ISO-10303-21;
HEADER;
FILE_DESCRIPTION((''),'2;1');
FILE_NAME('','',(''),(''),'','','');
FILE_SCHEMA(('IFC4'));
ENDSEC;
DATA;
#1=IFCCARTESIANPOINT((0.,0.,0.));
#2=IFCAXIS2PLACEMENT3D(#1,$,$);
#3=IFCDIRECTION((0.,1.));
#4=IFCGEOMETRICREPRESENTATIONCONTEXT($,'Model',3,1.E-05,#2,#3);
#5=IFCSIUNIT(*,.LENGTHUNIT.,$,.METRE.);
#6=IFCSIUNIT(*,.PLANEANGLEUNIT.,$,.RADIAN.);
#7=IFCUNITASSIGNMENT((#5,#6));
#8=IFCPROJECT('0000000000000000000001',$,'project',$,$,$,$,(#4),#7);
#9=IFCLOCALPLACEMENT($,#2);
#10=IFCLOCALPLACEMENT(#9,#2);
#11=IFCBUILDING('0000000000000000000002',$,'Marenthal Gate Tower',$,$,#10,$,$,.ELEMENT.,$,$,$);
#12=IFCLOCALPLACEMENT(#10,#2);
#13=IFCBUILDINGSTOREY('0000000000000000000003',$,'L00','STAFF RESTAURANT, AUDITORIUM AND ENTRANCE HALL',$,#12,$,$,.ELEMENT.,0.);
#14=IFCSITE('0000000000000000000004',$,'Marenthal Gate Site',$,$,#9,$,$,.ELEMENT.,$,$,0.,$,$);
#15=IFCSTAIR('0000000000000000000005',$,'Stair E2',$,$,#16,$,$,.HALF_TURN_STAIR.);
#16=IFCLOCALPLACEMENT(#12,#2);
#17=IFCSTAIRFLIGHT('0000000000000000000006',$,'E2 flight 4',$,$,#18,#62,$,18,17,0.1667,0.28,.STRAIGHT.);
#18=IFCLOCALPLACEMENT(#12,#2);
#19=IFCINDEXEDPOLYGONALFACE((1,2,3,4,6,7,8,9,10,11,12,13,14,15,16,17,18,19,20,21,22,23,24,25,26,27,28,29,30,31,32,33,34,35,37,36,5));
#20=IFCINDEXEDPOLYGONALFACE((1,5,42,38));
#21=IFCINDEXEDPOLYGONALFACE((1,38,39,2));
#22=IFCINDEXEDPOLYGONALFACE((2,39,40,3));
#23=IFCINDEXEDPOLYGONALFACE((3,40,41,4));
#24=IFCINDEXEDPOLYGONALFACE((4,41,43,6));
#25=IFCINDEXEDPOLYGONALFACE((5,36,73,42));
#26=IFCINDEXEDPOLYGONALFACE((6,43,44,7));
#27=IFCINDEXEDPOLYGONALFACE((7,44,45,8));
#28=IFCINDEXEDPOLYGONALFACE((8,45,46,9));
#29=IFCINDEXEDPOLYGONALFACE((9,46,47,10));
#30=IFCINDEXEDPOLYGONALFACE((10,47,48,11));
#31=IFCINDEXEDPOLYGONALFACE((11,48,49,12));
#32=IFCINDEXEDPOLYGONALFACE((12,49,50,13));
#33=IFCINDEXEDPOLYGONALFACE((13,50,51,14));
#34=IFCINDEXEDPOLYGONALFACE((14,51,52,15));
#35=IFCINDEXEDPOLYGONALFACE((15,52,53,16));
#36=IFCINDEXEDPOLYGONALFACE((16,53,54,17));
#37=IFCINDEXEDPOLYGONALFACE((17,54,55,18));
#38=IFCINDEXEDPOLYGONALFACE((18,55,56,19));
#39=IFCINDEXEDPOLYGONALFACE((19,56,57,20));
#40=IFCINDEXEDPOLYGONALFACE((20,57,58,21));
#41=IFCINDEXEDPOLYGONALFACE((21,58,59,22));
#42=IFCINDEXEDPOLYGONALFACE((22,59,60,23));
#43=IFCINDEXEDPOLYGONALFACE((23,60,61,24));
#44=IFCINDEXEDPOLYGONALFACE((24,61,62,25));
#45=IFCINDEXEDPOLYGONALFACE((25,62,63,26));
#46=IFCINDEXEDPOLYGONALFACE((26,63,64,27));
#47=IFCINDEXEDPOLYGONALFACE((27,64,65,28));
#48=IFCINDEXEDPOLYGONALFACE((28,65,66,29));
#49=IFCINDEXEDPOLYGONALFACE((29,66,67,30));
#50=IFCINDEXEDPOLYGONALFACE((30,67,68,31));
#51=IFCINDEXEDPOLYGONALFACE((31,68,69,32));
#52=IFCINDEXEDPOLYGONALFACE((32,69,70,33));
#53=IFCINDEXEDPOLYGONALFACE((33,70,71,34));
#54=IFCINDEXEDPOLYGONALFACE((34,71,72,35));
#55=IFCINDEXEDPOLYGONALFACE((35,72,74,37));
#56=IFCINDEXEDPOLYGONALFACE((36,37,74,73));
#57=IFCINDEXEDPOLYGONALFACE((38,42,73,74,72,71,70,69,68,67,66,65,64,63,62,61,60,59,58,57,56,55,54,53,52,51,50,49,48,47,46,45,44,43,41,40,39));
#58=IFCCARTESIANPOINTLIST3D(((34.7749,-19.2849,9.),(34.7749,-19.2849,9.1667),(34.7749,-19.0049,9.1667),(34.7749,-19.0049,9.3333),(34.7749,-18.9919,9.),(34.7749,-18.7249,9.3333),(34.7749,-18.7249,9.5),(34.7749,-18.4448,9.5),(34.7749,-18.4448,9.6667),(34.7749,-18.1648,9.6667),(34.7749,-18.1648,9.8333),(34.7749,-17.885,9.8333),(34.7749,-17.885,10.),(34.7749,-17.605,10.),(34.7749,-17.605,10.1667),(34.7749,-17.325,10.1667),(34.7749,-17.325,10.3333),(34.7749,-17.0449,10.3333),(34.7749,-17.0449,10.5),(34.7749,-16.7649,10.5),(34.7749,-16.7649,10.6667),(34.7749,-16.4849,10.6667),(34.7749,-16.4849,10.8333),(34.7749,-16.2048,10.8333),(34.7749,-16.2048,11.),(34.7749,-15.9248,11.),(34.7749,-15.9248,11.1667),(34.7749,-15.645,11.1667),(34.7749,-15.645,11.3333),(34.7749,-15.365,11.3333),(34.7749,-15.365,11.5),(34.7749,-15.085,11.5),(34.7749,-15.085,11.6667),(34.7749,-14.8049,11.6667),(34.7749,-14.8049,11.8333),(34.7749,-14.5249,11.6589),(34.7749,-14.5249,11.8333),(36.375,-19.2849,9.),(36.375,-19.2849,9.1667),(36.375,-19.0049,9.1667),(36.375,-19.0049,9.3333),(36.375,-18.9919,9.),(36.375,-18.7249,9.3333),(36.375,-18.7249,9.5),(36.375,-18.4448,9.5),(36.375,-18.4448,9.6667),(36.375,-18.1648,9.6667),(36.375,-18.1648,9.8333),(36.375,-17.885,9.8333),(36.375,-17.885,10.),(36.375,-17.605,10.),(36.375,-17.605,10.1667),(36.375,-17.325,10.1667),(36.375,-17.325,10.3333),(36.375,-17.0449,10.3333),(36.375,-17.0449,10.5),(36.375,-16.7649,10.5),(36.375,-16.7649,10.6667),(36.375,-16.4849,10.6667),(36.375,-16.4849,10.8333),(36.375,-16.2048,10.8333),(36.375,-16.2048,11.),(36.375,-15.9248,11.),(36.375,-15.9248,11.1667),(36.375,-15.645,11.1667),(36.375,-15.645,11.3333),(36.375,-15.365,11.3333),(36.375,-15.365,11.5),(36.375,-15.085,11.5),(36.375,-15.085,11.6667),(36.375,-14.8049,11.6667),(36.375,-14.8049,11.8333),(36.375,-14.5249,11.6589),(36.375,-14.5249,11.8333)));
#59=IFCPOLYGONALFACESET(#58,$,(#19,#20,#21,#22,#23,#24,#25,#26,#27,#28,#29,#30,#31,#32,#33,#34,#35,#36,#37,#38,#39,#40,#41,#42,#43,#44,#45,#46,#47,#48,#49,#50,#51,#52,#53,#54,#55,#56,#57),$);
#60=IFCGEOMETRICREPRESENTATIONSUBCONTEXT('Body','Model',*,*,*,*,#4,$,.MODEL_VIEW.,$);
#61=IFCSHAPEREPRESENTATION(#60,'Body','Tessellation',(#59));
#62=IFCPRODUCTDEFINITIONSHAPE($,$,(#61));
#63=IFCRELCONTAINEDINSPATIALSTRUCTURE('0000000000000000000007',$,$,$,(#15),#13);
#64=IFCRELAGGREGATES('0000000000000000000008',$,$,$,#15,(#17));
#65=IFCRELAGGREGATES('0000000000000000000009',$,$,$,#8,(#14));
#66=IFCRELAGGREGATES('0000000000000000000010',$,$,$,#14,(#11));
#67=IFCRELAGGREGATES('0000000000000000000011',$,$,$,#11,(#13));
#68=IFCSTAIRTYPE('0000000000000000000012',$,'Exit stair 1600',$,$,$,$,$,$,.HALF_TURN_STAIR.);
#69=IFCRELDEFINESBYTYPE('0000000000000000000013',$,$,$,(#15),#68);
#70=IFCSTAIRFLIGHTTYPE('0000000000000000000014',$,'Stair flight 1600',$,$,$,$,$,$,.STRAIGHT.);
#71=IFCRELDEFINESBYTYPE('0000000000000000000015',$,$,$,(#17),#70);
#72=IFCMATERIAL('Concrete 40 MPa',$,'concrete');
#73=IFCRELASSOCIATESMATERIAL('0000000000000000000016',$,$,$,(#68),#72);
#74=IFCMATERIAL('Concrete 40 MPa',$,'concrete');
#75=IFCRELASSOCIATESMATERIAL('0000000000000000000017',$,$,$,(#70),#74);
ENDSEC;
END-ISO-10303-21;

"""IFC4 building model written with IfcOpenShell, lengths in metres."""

from ifc_helpers import new_model, si_unit, direction, frame, origin, place, context, subcontext, project, spatial, polyline, outline, extrude, material, type_object, element, aggregate, save


model = new_model("IFC4")

# Units and contexts
model_context = context("Model", 3, precision=1e-05, world=origin(), true_north=direction((0.0, 1.0)))
body_context = subcontext(model_context, "Body", "Model", "MODEL_VIEW")
ifc_project = project(units=[si_unit("LENGTHUNIT", "METRE"), si_unit("PLANEANGLEUNIT", "RADIAN")], contexts=[model_context])

# Site, building, storey
site_placement = place(None, origin())
site = spatial("IfcSite", under=ifc_project, at=site_placement, Name="Marenthal Gate Site", CompositionType="ELEMENT", RefElevation=0.0)
building_placement = place(site_placement, origin())
building = spatial("IfcBuilding", under=site, at=building_placement, Name="Marenthal Gate Tower", CompositionType="ELEMENT")
storey_placement = place(building_placement, origin())
storey = spatial("IfcBuildingStorey", under=building, at=storey_placement, Name="L00", Description="STAFF RESTAURANT, AUDITORIUM AND ENTRANCE HALL", CompositionType="ELEMENT", Elevation=0.0)

# Stair, stair flight
ifc_material_1 = material(Name="Concrete 40 MPa", Category="concrete")
stair_type = type_object("IfcStairType", Name="Exit stair 1600", PredefinedType="HALF_TURN_STAIR", material=ifc_material_1)
stair_placement = place(storey_placement, origin())
stair = element("IfcStair", 1, at=stair_placement, inside=storey, type_object=stair_type, Name="Stair E2", PredefinedType="HALF_TURN_STAIR")
ifc_material_2 = material(Name="Concrete 40 MPa", Category="concrete")
stair_flight_type = type_object("IfcStairFlightType", Name="Stair flight 1600", PredefinedType="STRAIGHT", material=ifc_material_2)
stair_flight_1_placement = place(storey_placement, frame((35.575, -19.2849, 9.0), z_axis=(0.0, 0.0, 1.0), x_axis=(0.0, 1.0, 0.0)))
stair_flight_1 = element("IfcStairFlight", 2, at=stair_flight_1_placement, type_object=stair_flight_type, Name="E2 flight 4", NumberOfRisers=18, NumberOfTreads=17, PredefinedType="STRAIGHT", RiserHeight=0.1667, TreadLength=0.28, context=body_context, shape_type="SweptSolid", body=[
    extrude(outline(polyline([(0.0, 0.0), (0.0, 0.1667), (0.28, 0.1667), (0.28, 0.3333), (0.5601, 0.3333), (0.5601, 0.5), (0.8401, 0.5), (0.8401, 0.6667), (1.1201, 0.6667), (1.1201, 0.8333), (1.3999, 0.8333), (1.3999, 1.0), (1.6799, 1.0), (1.6799, 1.1667), (1.96, 1.1667), (1.96, 1.3333), (2.24, 1.3333), (2.24, 1.5), (2.52, 1.5), (2.52, 1.6667), (2.8, 1.6667), (2.8, 1.8333), (3.0801, 1.8333), (3.0801, 2.0), (3.3601, 2.0), (3.3601, 2.1667), (3.6399, 2.1667), (3.6399, 2.3333), (3.9199, 2.3333), (3.9199, 2.5), (4.2, 2.5), (4.2, 2.6667), (4.48, 2.6667), (4.48, 2.8333), (4.76, 2.8333), (4.76, 3.0), (4.76, 2.6589), (0.293, 0.0), (0.0, 0.0)])), frame((0.0, 0.8, 0.0), z_axis=(0.0, -1.0, 0.0), x_axis=(1.0, 0.0, 0.0)), (0.0, 0.0, 1.0), 1.6001),
])
aggregate(stair, [stair_flight_1])

save(model, "model.ifc")
